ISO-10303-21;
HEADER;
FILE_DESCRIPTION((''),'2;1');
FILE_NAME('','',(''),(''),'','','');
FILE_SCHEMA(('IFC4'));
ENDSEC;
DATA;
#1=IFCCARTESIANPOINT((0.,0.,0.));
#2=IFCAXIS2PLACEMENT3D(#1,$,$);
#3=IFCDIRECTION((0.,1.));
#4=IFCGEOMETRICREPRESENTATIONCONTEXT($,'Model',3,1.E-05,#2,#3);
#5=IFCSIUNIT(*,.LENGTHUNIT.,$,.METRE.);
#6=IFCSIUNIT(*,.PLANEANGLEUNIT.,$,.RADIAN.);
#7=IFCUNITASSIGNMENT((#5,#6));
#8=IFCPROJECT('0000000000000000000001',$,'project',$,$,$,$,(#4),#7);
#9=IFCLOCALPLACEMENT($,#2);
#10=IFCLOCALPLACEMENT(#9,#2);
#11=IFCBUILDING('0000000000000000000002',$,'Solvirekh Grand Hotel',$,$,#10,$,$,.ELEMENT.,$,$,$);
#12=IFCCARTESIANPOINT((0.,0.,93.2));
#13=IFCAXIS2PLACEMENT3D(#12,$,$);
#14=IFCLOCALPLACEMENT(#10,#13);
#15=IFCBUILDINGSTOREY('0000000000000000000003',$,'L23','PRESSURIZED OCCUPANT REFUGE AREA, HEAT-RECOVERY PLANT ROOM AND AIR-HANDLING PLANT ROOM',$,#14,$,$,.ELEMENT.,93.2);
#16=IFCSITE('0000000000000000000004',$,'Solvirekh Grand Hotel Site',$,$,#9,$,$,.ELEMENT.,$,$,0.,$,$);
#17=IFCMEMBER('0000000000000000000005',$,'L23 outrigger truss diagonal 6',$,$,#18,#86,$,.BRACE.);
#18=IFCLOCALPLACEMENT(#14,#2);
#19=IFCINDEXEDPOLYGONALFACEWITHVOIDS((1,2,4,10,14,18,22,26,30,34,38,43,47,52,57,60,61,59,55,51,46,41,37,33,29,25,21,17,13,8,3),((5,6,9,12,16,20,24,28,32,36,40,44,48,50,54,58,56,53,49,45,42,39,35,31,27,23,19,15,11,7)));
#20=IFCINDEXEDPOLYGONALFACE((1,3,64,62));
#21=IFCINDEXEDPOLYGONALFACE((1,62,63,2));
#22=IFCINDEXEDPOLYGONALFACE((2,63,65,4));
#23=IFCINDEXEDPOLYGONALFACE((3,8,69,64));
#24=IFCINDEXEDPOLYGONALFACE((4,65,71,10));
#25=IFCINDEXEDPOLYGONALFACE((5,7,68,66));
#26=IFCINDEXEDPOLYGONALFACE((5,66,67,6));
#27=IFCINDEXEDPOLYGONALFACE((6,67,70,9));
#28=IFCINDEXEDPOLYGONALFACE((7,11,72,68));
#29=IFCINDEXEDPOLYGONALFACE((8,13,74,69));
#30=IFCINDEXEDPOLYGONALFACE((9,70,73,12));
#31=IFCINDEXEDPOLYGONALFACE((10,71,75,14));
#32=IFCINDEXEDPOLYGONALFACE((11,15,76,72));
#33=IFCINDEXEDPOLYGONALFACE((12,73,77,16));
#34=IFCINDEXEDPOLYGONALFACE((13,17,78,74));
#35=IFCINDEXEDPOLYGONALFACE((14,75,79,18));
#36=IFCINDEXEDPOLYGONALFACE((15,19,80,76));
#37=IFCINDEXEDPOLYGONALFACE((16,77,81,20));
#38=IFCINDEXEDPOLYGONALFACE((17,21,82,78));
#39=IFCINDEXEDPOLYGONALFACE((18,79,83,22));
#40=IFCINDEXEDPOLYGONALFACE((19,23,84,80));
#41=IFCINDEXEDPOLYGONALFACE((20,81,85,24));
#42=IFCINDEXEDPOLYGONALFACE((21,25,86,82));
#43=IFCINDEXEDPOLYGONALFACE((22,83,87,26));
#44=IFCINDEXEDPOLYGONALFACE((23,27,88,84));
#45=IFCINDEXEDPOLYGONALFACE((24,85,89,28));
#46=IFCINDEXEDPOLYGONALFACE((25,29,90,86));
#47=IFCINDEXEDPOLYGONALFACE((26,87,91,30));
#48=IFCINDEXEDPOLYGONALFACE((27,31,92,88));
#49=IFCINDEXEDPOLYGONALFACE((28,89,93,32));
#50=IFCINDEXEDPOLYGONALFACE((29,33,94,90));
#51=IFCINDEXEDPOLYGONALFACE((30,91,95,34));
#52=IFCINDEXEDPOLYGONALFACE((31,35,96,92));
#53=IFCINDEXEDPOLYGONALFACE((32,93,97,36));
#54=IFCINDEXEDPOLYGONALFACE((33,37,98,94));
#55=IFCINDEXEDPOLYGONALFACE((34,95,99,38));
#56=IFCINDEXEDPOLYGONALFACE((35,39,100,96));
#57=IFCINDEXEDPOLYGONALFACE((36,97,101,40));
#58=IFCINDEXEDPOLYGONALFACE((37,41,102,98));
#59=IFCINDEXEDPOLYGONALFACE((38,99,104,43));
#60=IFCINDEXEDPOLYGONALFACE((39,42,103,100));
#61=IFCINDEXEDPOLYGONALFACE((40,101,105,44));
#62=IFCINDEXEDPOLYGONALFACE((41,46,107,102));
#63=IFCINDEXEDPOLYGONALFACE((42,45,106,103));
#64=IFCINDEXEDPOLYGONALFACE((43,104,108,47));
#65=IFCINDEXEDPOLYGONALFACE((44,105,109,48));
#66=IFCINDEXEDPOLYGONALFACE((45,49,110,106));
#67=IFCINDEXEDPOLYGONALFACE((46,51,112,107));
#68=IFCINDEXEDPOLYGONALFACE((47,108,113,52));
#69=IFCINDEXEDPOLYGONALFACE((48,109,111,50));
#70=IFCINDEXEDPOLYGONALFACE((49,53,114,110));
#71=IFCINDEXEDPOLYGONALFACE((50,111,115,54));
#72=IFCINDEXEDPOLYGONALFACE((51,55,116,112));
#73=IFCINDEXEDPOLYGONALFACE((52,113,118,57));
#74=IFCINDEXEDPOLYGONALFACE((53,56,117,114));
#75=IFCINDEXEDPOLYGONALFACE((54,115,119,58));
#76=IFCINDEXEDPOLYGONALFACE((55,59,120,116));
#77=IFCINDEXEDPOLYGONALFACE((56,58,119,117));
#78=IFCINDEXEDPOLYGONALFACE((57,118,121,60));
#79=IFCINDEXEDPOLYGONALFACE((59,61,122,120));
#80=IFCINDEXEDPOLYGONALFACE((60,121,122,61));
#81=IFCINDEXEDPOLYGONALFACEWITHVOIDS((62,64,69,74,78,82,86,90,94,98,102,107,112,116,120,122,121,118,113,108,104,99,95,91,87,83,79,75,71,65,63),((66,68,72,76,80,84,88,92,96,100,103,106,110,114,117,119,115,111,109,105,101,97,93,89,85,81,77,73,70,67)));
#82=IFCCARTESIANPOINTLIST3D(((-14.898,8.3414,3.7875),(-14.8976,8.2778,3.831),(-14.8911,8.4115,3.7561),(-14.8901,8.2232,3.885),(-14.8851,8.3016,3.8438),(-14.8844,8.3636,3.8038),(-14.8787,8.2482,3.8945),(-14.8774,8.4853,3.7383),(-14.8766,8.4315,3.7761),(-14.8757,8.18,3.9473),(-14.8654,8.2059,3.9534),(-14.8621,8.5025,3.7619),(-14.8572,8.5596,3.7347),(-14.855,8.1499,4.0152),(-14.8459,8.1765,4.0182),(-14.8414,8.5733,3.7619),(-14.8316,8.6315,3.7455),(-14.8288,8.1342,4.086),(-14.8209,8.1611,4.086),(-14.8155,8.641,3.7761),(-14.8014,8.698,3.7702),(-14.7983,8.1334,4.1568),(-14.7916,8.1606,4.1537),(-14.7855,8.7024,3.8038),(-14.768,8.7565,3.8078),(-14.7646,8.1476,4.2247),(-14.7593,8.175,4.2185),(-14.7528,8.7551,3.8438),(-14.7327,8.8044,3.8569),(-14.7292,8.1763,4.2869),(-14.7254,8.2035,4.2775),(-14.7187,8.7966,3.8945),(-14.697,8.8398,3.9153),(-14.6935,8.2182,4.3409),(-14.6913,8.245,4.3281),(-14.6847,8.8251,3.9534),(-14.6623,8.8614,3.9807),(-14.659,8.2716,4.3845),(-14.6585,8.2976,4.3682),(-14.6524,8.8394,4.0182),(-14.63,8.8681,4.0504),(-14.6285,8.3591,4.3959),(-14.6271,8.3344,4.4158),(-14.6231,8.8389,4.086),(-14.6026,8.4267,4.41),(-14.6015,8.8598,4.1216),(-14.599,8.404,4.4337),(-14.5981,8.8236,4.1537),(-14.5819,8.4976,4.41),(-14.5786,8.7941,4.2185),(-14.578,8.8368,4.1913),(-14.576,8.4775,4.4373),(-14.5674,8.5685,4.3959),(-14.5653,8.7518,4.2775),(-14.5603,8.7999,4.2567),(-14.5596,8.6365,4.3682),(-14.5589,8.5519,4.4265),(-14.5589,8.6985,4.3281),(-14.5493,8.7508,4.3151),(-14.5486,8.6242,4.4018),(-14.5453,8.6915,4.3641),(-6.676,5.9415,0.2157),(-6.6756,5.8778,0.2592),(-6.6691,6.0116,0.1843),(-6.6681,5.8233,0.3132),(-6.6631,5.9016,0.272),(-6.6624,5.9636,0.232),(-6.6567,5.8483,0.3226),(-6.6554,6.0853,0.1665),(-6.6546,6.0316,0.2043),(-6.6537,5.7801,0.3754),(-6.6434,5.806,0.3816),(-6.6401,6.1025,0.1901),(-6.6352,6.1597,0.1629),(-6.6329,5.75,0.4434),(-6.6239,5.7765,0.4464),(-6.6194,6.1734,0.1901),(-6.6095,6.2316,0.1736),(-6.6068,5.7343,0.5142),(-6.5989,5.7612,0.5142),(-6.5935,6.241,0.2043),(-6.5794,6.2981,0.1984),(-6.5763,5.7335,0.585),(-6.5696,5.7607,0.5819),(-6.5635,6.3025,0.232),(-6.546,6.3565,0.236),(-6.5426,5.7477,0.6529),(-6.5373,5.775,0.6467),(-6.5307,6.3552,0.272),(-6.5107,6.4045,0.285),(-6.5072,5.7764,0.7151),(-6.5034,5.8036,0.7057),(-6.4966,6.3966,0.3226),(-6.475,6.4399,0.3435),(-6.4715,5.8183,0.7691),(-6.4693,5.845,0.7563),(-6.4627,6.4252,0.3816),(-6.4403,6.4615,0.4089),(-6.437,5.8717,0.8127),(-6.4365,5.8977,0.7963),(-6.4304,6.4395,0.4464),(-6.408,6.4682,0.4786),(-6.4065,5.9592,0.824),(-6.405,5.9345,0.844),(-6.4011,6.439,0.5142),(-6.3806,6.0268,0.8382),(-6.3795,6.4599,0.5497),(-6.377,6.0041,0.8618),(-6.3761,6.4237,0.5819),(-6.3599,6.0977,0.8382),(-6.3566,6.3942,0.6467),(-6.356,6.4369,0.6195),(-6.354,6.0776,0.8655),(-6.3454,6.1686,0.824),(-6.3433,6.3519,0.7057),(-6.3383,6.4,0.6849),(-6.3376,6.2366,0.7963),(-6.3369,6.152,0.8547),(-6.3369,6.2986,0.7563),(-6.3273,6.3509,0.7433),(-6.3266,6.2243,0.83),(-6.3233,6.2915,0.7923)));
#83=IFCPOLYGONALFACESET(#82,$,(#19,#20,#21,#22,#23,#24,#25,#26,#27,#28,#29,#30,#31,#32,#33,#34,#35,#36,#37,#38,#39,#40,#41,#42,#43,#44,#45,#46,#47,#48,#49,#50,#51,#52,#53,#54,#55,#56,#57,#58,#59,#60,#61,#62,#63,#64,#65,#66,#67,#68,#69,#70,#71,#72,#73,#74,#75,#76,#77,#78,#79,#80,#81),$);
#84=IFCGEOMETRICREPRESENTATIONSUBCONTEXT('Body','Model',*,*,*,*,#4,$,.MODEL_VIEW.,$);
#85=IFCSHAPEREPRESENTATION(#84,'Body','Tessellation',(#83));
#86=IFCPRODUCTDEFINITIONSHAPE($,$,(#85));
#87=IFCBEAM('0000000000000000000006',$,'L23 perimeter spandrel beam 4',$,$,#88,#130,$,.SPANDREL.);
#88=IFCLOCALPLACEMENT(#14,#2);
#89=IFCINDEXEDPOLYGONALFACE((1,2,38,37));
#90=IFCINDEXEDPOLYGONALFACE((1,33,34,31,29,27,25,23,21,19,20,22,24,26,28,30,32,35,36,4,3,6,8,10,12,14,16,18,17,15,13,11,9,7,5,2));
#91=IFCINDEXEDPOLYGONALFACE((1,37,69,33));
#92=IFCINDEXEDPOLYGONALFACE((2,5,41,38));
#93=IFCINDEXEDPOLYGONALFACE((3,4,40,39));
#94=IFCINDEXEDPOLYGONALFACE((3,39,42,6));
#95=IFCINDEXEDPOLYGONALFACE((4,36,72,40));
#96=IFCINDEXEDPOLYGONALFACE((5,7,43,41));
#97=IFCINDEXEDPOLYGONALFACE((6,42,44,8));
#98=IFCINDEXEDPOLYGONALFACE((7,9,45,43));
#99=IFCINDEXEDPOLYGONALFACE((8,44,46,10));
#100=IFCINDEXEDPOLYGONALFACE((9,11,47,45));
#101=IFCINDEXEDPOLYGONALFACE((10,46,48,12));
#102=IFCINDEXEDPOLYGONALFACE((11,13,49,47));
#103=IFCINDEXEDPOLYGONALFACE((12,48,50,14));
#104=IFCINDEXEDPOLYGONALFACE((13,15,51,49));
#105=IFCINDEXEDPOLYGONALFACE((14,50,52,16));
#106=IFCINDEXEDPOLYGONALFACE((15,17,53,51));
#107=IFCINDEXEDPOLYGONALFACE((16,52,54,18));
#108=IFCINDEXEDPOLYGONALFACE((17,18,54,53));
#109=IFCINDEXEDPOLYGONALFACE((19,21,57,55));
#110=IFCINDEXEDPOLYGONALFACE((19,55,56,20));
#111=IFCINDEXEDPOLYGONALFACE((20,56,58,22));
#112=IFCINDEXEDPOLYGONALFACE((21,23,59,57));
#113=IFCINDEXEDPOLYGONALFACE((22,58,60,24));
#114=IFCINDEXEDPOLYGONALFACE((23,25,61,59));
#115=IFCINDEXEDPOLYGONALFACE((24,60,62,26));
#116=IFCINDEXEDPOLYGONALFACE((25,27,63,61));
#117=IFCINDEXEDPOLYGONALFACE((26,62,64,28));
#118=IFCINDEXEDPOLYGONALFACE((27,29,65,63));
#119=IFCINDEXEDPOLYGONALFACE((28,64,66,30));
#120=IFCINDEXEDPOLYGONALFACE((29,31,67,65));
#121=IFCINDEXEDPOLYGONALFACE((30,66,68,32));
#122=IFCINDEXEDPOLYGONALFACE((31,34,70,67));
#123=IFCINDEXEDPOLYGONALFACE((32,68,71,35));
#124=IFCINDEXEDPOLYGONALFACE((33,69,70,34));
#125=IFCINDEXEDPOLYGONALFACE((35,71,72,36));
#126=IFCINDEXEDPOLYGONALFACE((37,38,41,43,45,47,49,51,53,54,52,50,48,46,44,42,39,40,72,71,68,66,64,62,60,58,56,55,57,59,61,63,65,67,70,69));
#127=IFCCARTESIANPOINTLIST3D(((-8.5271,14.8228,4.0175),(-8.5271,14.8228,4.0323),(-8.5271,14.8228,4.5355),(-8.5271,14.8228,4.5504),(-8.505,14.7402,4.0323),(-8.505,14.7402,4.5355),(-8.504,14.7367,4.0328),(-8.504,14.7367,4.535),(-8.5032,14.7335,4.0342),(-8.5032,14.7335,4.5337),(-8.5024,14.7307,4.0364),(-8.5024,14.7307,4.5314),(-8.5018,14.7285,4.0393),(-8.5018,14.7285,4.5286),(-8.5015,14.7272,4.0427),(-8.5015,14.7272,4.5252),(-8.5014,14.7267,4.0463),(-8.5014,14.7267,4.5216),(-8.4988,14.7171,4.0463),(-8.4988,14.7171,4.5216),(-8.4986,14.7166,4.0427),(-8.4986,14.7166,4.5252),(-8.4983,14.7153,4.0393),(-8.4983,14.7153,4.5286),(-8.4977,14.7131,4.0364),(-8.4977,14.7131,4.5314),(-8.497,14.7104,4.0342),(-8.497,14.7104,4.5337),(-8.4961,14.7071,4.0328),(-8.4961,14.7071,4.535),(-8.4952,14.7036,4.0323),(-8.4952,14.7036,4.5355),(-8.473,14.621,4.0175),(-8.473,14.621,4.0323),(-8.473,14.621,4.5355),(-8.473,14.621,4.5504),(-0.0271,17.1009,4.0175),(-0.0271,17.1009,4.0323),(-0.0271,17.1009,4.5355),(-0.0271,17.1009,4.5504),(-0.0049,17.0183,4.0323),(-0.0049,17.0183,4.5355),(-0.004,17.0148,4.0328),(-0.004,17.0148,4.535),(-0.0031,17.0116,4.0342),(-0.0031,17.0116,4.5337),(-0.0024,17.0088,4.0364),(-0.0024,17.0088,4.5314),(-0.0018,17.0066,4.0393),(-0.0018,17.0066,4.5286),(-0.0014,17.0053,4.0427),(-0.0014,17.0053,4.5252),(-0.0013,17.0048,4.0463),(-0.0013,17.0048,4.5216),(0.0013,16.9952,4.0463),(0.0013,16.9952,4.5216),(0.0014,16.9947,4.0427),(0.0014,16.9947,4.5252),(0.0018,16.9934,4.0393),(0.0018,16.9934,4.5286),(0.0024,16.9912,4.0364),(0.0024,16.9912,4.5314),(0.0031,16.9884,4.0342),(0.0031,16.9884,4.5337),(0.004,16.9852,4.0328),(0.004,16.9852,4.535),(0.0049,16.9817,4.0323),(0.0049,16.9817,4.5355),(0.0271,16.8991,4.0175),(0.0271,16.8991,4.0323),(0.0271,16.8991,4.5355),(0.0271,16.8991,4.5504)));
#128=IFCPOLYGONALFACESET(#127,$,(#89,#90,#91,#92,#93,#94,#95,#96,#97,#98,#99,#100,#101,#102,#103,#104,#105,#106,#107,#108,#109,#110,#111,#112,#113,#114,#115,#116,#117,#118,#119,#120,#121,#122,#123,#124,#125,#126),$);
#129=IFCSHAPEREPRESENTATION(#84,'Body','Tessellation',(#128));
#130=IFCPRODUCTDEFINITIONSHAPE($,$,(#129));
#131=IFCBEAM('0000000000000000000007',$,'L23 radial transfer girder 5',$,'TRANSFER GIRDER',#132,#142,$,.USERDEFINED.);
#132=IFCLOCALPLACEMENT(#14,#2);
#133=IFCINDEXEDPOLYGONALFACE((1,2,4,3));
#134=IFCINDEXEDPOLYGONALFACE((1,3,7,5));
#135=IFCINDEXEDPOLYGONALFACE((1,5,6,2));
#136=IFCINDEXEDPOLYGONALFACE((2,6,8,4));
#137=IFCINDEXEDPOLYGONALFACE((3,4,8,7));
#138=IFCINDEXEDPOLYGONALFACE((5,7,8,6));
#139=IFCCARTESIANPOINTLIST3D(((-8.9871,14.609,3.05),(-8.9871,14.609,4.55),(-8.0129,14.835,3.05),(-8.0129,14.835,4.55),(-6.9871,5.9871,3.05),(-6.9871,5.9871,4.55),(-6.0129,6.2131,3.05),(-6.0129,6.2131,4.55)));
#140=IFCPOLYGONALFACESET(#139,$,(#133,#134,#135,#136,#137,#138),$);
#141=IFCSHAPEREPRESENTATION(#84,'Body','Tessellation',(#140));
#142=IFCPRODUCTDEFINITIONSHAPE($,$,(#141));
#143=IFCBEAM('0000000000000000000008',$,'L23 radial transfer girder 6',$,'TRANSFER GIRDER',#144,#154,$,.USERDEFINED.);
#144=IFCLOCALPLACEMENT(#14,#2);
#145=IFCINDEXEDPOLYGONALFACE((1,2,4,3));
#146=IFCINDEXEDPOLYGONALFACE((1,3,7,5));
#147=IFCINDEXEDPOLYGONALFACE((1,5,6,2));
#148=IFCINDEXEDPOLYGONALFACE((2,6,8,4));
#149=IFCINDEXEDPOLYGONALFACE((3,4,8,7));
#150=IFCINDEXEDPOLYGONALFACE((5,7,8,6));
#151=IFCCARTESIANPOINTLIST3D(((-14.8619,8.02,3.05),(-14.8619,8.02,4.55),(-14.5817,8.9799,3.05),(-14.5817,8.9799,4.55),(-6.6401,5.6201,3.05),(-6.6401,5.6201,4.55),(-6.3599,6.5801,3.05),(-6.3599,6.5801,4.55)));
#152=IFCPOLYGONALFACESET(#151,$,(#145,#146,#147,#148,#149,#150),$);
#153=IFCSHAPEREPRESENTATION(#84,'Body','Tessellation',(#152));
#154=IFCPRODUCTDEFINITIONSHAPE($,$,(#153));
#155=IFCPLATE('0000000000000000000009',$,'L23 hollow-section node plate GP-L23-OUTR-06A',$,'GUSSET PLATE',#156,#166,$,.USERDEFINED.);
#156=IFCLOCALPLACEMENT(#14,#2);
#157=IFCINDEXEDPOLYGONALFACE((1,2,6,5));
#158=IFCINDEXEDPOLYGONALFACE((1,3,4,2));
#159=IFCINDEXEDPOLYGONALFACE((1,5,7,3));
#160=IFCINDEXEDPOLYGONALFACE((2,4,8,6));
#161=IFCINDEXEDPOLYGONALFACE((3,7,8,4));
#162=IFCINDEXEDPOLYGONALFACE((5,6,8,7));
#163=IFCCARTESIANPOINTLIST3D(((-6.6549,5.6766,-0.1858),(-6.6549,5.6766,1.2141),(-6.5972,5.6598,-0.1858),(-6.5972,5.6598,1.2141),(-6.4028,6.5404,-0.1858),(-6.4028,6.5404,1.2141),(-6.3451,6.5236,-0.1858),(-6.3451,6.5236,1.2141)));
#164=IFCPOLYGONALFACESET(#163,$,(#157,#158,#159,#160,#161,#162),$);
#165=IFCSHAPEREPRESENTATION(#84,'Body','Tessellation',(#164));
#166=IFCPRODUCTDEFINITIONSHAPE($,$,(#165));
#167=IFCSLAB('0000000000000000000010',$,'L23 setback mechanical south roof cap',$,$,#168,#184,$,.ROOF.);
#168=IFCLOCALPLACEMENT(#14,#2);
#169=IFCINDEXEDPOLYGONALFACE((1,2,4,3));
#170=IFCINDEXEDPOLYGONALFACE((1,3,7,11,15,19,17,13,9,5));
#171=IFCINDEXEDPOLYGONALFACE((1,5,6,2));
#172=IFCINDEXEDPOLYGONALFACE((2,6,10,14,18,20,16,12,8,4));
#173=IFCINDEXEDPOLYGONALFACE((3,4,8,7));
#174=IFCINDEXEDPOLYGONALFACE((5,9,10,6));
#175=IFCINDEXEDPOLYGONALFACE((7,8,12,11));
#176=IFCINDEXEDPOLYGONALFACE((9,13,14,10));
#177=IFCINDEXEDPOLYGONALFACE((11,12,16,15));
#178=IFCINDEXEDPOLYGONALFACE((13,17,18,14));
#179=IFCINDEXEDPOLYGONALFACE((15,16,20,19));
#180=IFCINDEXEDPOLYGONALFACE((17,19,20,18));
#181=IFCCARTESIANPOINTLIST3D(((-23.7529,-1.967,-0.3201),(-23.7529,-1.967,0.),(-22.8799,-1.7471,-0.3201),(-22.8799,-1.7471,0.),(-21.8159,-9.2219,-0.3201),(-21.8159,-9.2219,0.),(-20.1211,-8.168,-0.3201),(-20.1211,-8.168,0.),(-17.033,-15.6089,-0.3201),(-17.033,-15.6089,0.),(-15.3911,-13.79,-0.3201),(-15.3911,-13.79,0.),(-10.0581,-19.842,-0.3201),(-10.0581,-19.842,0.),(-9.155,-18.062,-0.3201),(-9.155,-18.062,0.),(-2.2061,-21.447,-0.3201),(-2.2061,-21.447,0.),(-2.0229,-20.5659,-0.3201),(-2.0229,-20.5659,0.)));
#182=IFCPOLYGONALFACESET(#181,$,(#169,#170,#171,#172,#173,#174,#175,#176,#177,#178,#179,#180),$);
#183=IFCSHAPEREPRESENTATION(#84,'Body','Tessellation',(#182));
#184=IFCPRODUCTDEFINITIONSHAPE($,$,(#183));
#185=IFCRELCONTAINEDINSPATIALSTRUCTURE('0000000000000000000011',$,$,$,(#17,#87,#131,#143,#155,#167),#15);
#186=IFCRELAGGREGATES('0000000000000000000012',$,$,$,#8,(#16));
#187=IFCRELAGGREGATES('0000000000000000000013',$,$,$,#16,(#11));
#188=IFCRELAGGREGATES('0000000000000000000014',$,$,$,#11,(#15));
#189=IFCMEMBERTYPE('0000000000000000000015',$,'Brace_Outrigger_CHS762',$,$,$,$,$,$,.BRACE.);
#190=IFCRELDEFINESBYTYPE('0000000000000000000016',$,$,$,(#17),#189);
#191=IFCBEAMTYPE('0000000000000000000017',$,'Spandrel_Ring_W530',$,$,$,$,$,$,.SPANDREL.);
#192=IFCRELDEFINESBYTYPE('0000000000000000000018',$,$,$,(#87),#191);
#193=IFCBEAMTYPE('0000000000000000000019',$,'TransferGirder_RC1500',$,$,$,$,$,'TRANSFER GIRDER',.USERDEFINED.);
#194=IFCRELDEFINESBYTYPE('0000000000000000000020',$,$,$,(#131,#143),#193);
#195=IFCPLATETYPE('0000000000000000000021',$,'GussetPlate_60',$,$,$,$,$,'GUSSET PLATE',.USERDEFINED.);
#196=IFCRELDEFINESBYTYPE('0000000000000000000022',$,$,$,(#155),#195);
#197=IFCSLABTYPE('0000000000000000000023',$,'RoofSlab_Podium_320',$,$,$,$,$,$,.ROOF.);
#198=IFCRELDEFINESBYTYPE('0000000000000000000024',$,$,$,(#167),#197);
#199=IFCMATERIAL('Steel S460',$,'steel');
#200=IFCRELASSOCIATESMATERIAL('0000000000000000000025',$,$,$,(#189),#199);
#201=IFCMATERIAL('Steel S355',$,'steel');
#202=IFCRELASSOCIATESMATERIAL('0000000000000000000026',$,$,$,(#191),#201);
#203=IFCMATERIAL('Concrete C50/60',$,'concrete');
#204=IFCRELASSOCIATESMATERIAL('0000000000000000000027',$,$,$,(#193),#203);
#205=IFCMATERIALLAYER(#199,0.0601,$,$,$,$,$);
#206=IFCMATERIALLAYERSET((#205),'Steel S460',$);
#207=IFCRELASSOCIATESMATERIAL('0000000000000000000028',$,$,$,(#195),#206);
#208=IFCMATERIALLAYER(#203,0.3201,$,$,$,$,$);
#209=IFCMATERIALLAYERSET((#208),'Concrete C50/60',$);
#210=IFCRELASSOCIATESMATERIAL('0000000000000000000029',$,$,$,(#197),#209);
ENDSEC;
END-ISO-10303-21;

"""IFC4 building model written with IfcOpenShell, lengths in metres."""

from ifc_helpers import new_model, si_unit, direction, frame, origin, origin_2d, place, context, subcontext, project, spatial, polyline, rectangle, hollow_circle, i_section, outline, extrude, material, layer, layer_set, material_profile, profile_set, type_object, element, save


model = new_model("IFC4")

# Units and contexts
model_context = context("Model", 3, precision=1e-05, world=origin(), true_north=direction((0.0, 1.0)))
body_context = subcontext(model_context, "Body", "Model", "MODEL_VIEW")
ifc_project = project(units=[si_unit("LENGTHUNIT", "METRE"), si_unit("PLANEANGLEUNIT", "RADIAN")], contexts=[model_context])

# Site, building, storey
site_placement = place(None, origin())
site = spatial("IfcSite", under=ifc_project, at=site_placement, Name="Solvirekh Grand Hotel Site", CompositionType="ELEMENT", RefElevation=0.0)
building_placement = place(site_placement, origin())
building = spatial("IfcBuilding", under=site, at=building_placement, Name="Solvirekh Grand Hotel", CompositionType="ELEMENT")
storey_placement = place(building_placement, frame((0.0, 0.0, 93.2)))
storey = spatial("IfcBuildingStorey", under=building, at=storey_placement, Name="L23", Description="PRESSURIZED OCCUPANT REFUGE AREA, HEAT-RECOVERY PLANT ROOM AND AIR-HANDLING PLANT ROOM", CompositionType="ELEMENT", Elevation=93.2)

# Shared definitions
ifc_material_1 = material(Name="Steel S460", Category="steel")

# Member
ifc_material_profile_1 = material_profile(ifc_material_1, hollow_circle(Radius=0.3811, WallThickness=0.0281, at=origin_2d()), Name="CHS 762X28")
ifc_profile_set_1 = profile_set([ifc_material_profile_1], Name="Steel S460")
member_type = type_object("IfcMemberType", Name="Brace_Outrigger_CHS762", PredefinedType="BRACE", material=ifc_profile_set_1)
member_placement = place(storey_placement, frame((-6.5, 6.1001, 0.5142), z_axis=(-0.88599, 0.258612, 0.384893), x_axis=(-0.280198, -0.959942, 0.0)))
element("IfcMember", 1, at=member_placement, inside=storey, type_object=member_type, Name="L23 outrigger truss diagonal 6", PredefinedType="BRACE", context=body_context, shape_type="SweptSolid", body=[
    extrude(hollow_circle(Radius=0.3811, WallThickness=0.0281, at=origin_2d()), origin(), (0.0, 0.0, 1.0), 9.28),
])

# Beams
ifc_material_2 = material(Name="Steel S355", Category="steel")
ifc_material_profile_2 = material_profile(ifc_material_2, i_section(OverallWidth=0.209, OverallDepth=0.533, WebThickness=0.01, FlangeThickness=0.0149, FilletRadius=0.0139, at=origin_2d()), Name="W530X92")
ifc_profile_set_2 = profile_set([ifc_material_profile_2], Name="Steel S355")
beam_type_1 = type_object("IfcBeamType", Name="Spandrel_Ring_W530", PredefinedType="SPANDREL", material=ifc_profile_set_2)
beam_1_placement = place(storey_placement, frame((0.0, 17.0, 4.2839), z_axis=(-0.965911, -0.258873, 0.0), x_axis=(0.258873, -0.965911, 0.0)))
element("IfcBeam", 2, at=beam_1_placement, inside=storey, type_object=beam_type_1, Name="L23 perimeter spandrel beam 4", PredefinedType="SPANDREL", context=body_context, shape_type="SweptSolid", body=[
    extrude(i_section(OverallWidth=0.209, OverallDepth=0.533, WebThickness=0.01, FlangeThickness=0.0149, FilletRadius=0.0139, at=origin_2d()), origin(), (0.0, 0.0, 1.0), 8.8),
])
ifc_material_3 = material(Name="Concrete C50/60", Category="concrete")
ifc_material_profile_3 = material_profile(ifc_material_3, rectangle(XDim=1.0, YDim=1.5, at=origin_2d()), Name="RC GIRDER 1000X1500")
ifc_profile_set_3 = profile_set([ifc_material_profile_3], Name="Concrete C50/60")
beam_type_2 = type_object("IfcBeamType", Name="TransferGirder_RC1500", ElementType="TRANSFER GIRDER", PredefinedType="USERDEFINED", material=ifc_profile_set_3)
beam_2_placement = place(storey_placement, frame((-6.5, 6.1001, 3.8), z_axis=(-0.225969, 0.974134, 0.0), x_axis=(-0.974134, -0.225969, 0.0)))
element("IfcBeam", 3, at=beam_2_placement, inside=storey, type_object=beam_type_2, Name="L23 radial transfer girder 5", ObjectType="TRANSFER GIRDER", PredefinedType="USERDEFINED", context=body_context, shape_type="SweptSolid", body=[
    extrude(rectangle(XDim=1.0, YDim=1.5, at=origin_2d()), origin(), (0.0, 0.0, 1.0), 8.8508),
])
beam_3_placement = place(storey_placement, frame((-6.5, 6.1001, 3.8), z_axis=(-0.959942, 0.280198, 0.0), x_axis=(-0.280198, -0.959942, 0.0)))
element("IfcBeam", 4, at=beam_3_placement, inside=storey, type_object=beam_type_2, Name="L23 radial transfer girder 6", ObjectType="TRANSFER GIRDER", PredefinedType="USERDEFINED", context=body_context, shape_type="SweptSolid", body=[
    extrude(rectangle(XDim=1.0, YDim=1.5, at=origin_2d()), origin(), (0.0, 0.0, 1.0), 8.5649),
])

# Plate
ifc_layer_1 = layer(ifc_material_1, 0.0601)
ifc_layer_set_1 = layer_set([ifc_layer_1], Name="Steel S460")
plate_type = type_object("IfcPlateType", Name="GussetPlate_60", ElementType="GUSSET PLATE", PredefinedType="USERDEFINED", material=ifc_layer_set_1)
plate_placement = place(storey_placement, frame((-6.5, 6.1001, -0.1858), z_axis=(0.0, 0.0, 1.0), x_axis=(-0.959952, 0.280164, 0.0)))
element("IfcPlate", 5, at=plate_placement, inside=storey, type_object=plate_type, Name="L23 hollow-section node plate GP-L23-OUTR-06A", ObjectType="GUSSET PLATE", PredefinedType="USERDEFINED", context=body_context, shape_type="SweptSolid", body=[
    extrude(rectangle(XDim=0.0601, YDim=0.8999, at=origin_2d()), origin(), (0.0, 0.0, 1.0), 1.3999),
])

# Slab
ifc_layer_2 = layer(ifc_material_3, 0.3201)
ifc_layer_set_2 = layer_set([ifc_layer_2], Name="Concrete C50/60")
slab_type_1 = type_object("IfcSlabType", Name="RoofSlab_Podium_320", PredefinedType="ROOF", material=ifc_layer_set_2)
slab_1_placement = place(storey_placement, frame((0.0, 0.0, -0.3201)))
element("IfcSlab", 6, at=slab_1_placement, inside=storey, type_object=slab_type_1, Name="L23 setback mechanical south roof cap", PredefinedType="ROOF", context=body_context, shape_type="SweptSolid", body=[
    extrude(outline(polyline([(-23.7529, -1.967), (-21.8159, -9.2219), (-17.033, -15.6089), (-10.0581, -19.842), (-2.2061, -21.447), (-2.0229, -20.5659), (-9.155, -18.062), (-15.3911, -13.79), (-20.1211, -8.168), (-22.8799, -1.7471), (-23.7529, -1.967)])), origin(), (0.0, 0.0, 1.0), 0.3201),
])

save(model, "model.ifc")
